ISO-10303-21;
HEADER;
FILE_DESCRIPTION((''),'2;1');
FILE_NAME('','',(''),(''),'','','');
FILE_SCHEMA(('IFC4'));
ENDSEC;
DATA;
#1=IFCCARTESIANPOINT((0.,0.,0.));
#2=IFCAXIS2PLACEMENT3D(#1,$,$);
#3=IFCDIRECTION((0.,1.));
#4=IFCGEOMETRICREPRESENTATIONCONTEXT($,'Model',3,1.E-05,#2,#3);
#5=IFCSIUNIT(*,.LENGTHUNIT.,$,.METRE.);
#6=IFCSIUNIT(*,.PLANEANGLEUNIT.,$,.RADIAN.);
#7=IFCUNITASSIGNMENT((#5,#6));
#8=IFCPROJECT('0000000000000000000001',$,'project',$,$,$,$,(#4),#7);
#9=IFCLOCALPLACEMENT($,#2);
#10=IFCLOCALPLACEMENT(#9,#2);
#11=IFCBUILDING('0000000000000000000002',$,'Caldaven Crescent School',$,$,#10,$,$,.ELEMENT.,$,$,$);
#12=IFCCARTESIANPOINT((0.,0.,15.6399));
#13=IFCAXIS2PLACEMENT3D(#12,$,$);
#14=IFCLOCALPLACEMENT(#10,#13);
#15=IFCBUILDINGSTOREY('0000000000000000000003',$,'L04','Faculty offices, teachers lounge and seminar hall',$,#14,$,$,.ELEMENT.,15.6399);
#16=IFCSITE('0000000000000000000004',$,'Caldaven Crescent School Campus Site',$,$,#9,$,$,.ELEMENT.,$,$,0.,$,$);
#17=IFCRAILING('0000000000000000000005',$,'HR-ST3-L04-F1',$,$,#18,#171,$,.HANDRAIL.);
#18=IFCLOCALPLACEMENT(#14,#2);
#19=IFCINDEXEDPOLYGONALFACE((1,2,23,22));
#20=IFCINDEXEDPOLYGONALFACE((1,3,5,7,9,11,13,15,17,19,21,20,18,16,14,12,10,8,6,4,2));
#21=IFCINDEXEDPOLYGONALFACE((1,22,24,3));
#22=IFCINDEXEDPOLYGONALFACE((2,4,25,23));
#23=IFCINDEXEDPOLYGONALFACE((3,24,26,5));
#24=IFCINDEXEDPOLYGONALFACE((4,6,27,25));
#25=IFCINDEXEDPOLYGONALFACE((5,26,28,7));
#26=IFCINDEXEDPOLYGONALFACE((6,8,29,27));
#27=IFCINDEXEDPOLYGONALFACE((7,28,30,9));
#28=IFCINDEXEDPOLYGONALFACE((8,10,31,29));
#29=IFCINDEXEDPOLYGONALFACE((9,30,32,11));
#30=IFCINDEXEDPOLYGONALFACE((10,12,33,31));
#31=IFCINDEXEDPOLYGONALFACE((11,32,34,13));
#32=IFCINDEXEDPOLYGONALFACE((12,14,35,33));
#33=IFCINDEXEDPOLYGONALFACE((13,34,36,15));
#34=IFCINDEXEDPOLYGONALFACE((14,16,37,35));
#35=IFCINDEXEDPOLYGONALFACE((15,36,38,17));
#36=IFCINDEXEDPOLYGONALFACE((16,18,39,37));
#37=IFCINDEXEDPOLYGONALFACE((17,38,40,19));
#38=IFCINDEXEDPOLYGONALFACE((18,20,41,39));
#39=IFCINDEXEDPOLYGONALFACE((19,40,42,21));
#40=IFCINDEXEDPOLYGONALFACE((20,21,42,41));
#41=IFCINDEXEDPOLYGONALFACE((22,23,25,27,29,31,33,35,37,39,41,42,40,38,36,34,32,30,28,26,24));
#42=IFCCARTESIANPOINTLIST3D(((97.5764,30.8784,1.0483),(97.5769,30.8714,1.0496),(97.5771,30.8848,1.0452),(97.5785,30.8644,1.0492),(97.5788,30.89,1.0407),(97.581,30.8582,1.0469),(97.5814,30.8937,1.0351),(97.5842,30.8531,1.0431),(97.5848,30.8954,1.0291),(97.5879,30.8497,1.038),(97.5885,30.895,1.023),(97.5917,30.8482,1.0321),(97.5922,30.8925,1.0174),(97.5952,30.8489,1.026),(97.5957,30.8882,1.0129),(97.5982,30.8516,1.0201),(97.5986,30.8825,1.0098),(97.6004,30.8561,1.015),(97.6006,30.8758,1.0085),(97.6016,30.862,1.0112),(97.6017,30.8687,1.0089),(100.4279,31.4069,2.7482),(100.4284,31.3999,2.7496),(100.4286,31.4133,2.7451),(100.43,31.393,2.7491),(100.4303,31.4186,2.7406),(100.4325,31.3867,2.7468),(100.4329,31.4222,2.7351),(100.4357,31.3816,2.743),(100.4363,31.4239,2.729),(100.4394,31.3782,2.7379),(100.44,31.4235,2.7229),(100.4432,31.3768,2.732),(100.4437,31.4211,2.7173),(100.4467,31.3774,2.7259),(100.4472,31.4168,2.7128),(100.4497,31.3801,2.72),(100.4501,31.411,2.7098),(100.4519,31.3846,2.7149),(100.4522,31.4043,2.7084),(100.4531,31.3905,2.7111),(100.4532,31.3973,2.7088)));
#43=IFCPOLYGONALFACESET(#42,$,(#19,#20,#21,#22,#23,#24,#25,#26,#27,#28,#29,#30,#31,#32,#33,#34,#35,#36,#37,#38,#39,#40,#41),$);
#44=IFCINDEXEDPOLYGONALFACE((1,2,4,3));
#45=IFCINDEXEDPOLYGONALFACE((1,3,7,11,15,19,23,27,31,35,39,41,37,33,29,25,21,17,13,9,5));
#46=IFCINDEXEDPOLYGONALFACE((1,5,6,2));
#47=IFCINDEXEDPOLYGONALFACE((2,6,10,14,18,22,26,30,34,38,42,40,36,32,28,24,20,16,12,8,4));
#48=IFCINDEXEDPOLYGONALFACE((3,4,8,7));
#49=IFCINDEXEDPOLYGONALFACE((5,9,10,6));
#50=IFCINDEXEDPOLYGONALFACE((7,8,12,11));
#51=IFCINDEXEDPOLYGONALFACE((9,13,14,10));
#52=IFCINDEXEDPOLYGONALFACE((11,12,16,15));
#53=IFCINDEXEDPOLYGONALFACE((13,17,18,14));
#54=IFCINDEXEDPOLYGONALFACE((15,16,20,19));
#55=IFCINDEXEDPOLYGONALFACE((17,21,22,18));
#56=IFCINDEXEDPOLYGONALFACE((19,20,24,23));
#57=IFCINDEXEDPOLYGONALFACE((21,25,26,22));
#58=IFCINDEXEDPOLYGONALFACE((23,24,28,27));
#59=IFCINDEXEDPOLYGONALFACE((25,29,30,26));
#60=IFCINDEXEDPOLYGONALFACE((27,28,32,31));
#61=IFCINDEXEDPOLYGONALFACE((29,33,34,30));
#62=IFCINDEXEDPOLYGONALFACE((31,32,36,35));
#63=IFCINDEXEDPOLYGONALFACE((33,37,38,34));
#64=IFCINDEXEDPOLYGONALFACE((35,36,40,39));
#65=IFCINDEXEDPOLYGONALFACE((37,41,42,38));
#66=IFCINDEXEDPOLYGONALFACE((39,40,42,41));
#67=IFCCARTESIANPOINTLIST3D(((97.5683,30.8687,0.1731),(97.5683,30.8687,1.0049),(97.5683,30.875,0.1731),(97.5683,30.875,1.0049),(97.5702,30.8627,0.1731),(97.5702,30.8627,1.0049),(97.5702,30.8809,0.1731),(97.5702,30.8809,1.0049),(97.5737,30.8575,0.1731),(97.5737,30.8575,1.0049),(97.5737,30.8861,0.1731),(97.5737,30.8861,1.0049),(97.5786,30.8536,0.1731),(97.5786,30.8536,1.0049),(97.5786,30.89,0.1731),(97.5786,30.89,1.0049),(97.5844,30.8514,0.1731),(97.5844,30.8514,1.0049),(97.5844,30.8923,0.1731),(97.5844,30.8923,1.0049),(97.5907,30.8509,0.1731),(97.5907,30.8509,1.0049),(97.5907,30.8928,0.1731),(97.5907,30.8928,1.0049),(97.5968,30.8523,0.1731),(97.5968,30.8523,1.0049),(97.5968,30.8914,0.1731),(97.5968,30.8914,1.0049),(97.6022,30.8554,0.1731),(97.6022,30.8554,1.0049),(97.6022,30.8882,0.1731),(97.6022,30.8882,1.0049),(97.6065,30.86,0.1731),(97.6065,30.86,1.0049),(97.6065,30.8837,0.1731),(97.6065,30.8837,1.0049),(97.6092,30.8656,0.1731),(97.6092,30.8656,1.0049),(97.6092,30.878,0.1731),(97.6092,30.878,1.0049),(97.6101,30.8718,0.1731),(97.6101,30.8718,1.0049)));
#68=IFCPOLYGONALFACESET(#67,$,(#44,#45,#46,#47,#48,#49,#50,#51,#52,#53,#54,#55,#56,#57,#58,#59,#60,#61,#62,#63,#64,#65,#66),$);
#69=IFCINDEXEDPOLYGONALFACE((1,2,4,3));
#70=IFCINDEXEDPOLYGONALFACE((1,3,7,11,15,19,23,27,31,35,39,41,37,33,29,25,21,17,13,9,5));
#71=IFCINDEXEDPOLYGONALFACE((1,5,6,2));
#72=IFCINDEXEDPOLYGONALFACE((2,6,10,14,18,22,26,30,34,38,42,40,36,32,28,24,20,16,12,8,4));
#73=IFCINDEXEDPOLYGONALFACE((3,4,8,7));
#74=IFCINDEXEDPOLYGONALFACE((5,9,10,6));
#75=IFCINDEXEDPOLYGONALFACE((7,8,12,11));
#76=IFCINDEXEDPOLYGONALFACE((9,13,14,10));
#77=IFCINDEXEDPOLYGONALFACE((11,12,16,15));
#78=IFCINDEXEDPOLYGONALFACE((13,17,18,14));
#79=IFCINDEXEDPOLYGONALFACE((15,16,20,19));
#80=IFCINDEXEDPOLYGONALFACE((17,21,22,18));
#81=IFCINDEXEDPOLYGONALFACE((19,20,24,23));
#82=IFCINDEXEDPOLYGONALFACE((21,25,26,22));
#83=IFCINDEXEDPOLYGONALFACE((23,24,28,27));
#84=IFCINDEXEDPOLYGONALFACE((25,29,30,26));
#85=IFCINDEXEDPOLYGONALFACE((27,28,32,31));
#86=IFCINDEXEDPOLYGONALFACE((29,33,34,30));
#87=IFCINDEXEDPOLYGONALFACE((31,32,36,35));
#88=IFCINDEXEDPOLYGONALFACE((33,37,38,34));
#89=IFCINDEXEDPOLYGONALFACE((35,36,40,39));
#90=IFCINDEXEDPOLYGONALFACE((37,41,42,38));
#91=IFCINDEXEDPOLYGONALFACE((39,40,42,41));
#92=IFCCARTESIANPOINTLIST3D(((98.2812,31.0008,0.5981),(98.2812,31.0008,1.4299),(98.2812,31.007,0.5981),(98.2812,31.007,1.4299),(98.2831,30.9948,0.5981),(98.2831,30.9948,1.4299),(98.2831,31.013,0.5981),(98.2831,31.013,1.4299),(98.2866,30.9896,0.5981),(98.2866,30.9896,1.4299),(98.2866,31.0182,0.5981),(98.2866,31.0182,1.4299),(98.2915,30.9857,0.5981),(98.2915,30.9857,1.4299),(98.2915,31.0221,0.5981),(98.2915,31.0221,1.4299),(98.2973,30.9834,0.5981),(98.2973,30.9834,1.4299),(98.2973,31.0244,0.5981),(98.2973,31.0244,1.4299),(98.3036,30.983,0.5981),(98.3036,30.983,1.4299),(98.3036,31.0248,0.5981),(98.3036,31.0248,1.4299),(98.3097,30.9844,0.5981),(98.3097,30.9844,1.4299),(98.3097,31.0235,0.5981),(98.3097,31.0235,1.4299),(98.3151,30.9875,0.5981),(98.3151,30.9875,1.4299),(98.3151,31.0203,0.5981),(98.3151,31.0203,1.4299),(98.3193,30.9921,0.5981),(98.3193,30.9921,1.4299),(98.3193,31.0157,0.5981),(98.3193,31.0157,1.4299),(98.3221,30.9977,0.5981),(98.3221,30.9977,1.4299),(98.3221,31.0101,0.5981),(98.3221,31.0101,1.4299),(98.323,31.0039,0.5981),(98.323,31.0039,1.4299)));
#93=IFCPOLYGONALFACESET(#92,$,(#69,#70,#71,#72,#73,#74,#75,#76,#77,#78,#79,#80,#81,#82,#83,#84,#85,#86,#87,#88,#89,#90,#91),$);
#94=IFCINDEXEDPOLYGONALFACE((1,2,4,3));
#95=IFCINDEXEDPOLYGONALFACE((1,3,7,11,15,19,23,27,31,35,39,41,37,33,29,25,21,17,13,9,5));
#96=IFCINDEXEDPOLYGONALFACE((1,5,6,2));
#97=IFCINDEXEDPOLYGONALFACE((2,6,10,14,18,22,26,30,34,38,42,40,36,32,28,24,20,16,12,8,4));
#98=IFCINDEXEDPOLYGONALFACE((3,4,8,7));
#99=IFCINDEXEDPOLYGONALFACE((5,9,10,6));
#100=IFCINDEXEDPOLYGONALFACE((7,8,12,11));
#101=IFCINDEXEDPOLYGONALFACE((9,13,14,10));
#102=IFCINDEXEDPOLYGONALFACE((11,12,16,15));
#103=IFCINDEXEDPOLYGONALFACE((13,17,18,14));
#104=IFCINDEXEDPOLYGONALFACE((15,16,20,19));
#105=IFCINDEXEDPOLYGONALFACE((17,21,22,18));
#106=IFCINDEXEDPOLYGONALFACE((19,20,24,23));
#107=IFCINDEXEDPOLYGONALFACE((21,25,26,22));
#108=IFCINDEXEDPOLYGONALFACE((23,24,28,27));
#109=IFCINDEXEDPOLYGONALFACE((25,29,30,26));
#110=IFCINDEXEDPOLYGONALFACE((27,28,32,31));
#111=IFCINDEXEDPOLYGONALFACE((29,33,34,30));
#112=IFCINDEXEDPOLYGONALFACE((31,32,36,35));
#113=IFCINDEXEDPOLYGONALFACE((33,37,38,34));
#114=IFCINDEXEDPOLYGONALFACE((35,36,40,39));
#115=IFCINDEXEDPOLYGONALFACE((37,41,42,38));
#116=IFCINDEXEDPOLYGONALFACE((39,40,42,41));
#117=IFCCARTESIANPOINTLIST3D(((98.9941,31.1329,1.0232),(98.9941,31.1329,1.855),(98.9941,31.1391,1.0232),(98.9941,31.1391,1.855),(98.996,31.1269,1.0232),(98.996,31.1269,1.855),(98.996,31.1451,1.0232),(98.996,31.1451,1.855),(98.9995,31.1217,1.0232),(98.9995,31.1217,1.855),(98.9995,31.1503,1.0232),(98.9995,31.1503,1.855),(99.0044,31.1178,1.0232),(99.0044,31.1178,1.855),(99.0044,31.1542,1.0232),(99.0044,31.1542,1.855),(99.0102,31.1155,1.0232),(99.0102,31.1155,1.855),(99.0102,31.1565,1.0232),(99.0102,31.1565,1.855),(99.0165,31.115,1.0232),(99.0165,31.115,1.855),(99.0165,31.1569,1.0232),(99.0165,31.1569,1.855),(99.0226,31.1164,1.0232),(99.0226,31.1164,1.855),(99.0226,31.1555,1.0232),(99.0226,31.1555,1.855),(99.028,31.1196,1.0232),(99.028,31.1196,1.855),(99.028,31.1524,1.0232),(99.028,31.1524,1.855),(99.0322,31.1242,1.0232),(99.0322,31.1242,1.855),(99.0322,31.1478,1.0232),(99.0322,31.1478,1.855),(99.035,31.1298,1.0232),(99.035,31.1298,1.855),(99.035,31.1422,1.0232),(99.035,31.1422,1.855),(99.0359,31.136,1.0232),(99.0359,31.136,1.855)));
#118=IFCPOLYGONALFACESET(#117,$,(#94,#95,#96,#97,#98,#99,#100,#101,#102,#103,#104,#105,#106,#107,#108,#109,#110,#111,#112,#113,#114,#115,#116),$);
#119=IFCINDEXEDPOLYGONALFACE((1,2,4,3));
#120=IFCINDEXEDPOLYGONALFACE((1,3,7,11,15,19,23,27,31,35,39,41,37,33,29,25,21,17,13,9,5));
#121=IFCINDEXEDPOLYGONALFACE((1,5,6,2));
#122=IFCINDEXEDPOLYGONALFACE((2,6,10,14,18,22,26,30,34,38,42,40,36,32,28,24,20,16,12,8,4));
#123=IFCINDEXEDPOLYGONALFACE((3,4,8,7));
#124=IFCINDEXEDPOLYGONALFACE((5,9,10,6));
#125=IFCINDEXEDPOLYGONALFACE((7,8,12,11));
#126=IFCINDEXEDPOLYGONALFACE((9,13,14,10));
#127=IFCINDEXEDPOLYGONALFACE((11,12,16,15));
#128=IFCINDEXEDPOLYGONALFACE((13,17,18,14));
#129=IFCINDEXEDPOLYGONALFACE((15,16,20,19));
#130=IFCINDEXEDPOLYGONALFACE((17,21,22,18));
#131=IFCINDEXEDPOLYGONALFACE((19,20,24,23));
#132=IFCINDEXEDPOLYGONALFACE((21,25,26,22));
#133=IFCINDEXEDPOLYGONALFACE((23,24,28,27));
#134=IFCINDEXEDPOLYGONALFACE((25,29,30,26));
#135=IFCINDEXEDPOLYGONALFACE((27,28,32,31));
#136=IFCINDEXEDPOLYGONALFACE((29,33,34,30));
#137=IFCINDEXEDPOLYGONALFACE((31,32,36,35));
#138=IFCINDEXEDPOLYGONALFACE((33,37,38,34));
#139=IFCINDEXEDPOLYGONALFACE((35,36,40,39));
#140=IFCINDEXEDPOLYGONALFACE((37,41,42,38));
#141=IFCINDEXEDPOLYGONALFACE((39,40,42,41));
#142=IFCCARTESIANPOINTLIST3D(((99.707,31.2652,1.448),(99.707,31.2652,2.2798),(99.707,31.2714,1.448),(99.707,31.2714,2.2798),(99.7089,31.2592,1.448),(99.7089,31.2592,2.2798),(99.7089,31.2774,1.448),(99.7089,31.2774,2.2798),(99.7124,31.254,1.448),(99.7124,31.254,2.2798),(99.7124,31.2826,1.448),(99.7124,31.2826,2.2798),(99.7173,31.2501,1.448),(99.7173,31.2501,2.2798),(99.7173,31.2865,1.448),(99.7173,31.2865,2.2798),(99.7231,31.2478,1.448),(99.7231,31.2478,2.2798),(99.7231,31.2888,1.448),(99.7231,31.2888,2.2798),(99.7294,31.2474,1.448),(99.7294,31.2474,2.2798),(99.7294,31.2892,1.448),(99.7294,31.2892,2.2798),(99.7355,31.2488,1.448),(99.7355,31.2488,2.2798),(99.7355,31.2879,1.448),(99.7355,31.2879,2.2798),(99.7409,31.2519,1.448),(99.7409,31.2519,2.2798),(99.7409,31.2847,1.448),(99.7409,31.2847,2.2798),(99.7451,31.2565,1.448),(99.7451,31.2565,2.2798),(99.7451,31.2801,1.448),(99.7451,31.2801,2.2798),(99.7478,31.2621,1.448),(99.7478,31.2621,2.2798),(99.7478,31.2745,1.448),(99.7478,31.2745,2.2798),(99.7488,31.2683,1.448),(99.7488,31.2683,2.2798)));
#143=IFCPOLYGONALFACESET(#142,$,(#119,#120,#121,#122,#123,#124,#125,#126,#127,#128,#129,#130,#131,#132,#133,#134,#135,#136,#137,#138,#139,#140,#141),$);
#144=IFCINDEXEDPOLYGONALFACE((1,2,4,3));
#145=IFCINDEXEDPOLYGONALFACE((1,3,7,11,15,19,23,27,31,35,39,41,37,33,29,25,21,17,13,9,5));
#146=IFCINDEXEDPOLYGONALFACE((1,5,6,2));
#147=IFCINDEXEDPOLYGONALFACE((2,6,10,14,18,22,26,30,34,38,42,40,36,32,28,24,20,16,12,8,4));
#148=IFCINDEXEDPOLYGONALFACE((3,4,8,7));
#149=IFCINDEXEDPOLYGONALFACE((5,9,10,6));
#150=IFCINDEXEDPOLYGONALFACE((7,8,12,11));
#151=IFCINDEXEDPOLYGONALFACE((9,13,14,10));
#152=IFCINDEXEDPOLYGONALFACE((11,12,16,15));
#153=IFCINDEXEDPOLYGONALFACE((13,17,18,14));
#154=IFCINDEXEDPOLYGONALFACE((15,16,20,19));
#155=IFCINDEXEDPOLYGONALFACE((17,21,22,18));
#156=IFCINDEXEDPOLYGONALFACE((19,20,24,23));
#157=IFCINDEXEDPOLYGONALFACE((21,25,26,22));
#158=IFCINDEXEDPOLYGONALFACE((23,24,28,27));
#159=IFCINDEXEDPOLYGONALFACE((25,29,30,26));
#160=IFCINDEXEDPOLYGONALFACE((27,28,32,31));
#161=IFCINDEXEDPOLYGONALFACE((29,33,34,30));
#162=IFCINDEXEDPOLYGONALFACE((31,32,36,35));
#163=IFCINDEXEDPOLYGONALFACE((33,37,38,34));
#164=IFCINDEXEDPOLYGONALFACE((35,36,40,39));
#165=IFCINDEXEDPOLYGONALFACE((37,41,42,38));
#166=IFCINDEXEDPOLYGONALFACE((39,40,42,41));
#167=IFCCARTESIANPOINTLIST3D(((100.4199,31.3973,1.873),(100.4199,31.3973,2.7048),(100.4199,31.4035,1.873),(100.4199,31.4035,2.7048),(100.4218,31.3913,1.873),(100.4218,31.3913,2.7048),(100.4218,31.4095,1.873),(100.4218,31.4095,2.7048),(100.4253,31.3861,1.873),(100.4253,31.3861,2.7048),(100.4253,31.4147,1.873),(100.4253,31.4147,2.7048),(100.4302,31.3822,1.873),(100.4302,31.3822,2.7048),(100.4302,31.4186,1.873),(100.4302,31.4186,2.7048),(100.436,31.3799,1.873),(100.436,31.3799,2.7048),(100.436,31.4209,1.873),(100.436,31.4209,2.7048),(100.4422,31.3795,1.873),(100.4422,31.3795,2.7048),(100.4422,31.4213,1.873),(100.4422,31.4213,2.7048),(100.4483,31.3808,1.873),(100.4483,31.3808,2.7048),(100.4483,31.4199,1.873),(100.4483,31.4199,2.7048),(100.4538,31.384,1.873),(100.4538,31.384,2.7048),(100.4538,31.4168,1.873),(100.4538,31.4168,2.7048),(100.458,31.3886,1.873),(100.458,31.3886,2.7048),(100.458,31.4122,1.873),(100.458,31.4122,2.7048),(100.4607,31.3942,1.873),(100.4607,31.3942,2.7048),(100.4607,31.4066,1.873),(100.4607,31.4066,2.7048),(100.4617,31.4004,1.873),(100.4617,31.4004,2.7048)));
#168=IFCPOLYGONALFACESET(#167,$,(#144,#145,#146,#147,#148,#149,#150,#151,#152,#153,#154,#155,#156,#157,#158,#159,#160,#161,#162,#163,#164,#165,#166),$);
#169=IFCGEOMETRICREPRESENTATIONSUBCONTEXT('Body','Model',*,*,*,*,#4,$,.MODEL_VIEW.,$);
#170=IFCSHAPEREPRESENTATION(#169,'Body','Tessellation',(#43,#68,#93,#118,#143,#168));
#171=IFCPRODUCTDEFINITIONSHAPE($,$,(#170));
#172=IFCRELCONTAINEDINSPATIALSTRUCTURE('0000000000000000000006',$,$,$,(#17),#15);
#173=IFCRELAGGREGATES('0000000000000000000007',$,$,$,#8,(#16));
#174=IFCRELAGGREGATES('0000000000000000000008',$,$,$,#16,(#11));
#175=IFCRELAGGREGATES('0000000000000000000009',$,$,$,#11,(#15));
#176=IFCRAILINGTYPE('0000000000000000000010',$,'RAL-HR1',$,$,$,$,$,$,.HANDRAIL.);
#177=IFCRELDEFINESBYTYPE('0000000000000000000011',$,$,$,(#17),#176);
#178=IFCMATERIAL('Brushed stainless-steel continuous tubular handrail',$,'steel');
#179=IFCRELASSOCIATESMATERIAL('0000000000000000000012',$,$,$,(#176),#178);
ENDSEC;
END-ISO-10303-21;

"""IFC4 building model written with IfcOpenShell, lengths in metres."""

from ifc_helpers import new_model, si_unit, direction, frame, origin, origin_2d, place, context, subcontext, project, spatial, circle, extrude, material, type_object, element, save


model = new_model("IFC4")

# Units and contexts
model_context = context("Model", 3, precision=1e-05, world=origin(), true_north=direction((0.0, 1.0)))
body_context = subcontext(model_context, "Body", "Model", "MODEL_VIEW")
ifc_project = project(units=[si_unit("LENGTHUNIT", "METRE"), si_unit("PLANEANGLEUNIT", "RADIAN")], contexts=[model_context])

# Site, building, storey
site_placement = place(None, origin())
site = spatial("IfcSite", under=ifc_project, at=site_placement, Name="Caldaven Crescent School Campus Site", CompositionType="ELEMENT", RefElevation=0.0)
building_placement = place(site_placement, origin())
building = spatial("IfcBuilding", under=site, at=building_placement, Name="Caldaven Crescent School", CompositionType="ELEMENT")
storey_placement = place(building_placement, frame((0.0, 0.0, 15.6399)))
storey = spatial("IfcBuildingStorey", under=building, at=storey_placement, Name="L04", Description="Faculty offices, teachers lounge and seminar hall", CompositionType="ELEMENT", Elevation=15.6399)

# Railing
ifc_material_1 = material(Name="Brushed stainless-steel continuous tubular handrail", Category="steel")
railing_type = type_object("IfcRailingType", Name="RAL-HR1", PredefinedType="HANDRAIL", material=ifc_material_1)
railing_placement = place(storey_placement, frame((97.5891, 30.8718, 0.1731)))
element("IfcRailing", 1, at=railing_placement, inside=storey, type_object=railing_type, Name="HR-ST3-L04-F1", PredefinedType="HANDRAIL", context=body_context, shape_type="SweptSolid", body=[
    extrude(circle(Radius=0.0239, at=origin_2d()), frame((0.0, 0.0, 0.856), z_axis=(0.848265, 0.157234, 0.505691), x_axis=(-0.182255, 0.983251, 0.0)), (0.0, 0.0, 1.0), 3.3616),
    extrude(circle(Radius=0.021, at=origin_2d()), origin(), (0.0, 0.0, 1.0), 0.8318),
    extrude(circle(Radius=0.021, at=origin_2d()), frame((0.7129, 0.1321, 0.425)), (0.0, 0.0, 1.0), 0.8318),
    extrude(circle(Radius=0.021, at=origin_2d()), frame((1.4258, 0.2642, 0.8501)), (0.0, 0.0, 1.0), 0.8318),
    extrude(circle(Radius=0.021, at=origin_2d()), frame((2.1387, 0.3965, 1.2749)), (0.0, 0.0, 1.0), 0.8318),
    extrude(circle(Radius=0.021, at=origin_2d()), frame((2.8516, 0.5286, 1.7)), (0.0, 0.0, 1.0), 0.8318),
])

save(model, "model.ifc")
